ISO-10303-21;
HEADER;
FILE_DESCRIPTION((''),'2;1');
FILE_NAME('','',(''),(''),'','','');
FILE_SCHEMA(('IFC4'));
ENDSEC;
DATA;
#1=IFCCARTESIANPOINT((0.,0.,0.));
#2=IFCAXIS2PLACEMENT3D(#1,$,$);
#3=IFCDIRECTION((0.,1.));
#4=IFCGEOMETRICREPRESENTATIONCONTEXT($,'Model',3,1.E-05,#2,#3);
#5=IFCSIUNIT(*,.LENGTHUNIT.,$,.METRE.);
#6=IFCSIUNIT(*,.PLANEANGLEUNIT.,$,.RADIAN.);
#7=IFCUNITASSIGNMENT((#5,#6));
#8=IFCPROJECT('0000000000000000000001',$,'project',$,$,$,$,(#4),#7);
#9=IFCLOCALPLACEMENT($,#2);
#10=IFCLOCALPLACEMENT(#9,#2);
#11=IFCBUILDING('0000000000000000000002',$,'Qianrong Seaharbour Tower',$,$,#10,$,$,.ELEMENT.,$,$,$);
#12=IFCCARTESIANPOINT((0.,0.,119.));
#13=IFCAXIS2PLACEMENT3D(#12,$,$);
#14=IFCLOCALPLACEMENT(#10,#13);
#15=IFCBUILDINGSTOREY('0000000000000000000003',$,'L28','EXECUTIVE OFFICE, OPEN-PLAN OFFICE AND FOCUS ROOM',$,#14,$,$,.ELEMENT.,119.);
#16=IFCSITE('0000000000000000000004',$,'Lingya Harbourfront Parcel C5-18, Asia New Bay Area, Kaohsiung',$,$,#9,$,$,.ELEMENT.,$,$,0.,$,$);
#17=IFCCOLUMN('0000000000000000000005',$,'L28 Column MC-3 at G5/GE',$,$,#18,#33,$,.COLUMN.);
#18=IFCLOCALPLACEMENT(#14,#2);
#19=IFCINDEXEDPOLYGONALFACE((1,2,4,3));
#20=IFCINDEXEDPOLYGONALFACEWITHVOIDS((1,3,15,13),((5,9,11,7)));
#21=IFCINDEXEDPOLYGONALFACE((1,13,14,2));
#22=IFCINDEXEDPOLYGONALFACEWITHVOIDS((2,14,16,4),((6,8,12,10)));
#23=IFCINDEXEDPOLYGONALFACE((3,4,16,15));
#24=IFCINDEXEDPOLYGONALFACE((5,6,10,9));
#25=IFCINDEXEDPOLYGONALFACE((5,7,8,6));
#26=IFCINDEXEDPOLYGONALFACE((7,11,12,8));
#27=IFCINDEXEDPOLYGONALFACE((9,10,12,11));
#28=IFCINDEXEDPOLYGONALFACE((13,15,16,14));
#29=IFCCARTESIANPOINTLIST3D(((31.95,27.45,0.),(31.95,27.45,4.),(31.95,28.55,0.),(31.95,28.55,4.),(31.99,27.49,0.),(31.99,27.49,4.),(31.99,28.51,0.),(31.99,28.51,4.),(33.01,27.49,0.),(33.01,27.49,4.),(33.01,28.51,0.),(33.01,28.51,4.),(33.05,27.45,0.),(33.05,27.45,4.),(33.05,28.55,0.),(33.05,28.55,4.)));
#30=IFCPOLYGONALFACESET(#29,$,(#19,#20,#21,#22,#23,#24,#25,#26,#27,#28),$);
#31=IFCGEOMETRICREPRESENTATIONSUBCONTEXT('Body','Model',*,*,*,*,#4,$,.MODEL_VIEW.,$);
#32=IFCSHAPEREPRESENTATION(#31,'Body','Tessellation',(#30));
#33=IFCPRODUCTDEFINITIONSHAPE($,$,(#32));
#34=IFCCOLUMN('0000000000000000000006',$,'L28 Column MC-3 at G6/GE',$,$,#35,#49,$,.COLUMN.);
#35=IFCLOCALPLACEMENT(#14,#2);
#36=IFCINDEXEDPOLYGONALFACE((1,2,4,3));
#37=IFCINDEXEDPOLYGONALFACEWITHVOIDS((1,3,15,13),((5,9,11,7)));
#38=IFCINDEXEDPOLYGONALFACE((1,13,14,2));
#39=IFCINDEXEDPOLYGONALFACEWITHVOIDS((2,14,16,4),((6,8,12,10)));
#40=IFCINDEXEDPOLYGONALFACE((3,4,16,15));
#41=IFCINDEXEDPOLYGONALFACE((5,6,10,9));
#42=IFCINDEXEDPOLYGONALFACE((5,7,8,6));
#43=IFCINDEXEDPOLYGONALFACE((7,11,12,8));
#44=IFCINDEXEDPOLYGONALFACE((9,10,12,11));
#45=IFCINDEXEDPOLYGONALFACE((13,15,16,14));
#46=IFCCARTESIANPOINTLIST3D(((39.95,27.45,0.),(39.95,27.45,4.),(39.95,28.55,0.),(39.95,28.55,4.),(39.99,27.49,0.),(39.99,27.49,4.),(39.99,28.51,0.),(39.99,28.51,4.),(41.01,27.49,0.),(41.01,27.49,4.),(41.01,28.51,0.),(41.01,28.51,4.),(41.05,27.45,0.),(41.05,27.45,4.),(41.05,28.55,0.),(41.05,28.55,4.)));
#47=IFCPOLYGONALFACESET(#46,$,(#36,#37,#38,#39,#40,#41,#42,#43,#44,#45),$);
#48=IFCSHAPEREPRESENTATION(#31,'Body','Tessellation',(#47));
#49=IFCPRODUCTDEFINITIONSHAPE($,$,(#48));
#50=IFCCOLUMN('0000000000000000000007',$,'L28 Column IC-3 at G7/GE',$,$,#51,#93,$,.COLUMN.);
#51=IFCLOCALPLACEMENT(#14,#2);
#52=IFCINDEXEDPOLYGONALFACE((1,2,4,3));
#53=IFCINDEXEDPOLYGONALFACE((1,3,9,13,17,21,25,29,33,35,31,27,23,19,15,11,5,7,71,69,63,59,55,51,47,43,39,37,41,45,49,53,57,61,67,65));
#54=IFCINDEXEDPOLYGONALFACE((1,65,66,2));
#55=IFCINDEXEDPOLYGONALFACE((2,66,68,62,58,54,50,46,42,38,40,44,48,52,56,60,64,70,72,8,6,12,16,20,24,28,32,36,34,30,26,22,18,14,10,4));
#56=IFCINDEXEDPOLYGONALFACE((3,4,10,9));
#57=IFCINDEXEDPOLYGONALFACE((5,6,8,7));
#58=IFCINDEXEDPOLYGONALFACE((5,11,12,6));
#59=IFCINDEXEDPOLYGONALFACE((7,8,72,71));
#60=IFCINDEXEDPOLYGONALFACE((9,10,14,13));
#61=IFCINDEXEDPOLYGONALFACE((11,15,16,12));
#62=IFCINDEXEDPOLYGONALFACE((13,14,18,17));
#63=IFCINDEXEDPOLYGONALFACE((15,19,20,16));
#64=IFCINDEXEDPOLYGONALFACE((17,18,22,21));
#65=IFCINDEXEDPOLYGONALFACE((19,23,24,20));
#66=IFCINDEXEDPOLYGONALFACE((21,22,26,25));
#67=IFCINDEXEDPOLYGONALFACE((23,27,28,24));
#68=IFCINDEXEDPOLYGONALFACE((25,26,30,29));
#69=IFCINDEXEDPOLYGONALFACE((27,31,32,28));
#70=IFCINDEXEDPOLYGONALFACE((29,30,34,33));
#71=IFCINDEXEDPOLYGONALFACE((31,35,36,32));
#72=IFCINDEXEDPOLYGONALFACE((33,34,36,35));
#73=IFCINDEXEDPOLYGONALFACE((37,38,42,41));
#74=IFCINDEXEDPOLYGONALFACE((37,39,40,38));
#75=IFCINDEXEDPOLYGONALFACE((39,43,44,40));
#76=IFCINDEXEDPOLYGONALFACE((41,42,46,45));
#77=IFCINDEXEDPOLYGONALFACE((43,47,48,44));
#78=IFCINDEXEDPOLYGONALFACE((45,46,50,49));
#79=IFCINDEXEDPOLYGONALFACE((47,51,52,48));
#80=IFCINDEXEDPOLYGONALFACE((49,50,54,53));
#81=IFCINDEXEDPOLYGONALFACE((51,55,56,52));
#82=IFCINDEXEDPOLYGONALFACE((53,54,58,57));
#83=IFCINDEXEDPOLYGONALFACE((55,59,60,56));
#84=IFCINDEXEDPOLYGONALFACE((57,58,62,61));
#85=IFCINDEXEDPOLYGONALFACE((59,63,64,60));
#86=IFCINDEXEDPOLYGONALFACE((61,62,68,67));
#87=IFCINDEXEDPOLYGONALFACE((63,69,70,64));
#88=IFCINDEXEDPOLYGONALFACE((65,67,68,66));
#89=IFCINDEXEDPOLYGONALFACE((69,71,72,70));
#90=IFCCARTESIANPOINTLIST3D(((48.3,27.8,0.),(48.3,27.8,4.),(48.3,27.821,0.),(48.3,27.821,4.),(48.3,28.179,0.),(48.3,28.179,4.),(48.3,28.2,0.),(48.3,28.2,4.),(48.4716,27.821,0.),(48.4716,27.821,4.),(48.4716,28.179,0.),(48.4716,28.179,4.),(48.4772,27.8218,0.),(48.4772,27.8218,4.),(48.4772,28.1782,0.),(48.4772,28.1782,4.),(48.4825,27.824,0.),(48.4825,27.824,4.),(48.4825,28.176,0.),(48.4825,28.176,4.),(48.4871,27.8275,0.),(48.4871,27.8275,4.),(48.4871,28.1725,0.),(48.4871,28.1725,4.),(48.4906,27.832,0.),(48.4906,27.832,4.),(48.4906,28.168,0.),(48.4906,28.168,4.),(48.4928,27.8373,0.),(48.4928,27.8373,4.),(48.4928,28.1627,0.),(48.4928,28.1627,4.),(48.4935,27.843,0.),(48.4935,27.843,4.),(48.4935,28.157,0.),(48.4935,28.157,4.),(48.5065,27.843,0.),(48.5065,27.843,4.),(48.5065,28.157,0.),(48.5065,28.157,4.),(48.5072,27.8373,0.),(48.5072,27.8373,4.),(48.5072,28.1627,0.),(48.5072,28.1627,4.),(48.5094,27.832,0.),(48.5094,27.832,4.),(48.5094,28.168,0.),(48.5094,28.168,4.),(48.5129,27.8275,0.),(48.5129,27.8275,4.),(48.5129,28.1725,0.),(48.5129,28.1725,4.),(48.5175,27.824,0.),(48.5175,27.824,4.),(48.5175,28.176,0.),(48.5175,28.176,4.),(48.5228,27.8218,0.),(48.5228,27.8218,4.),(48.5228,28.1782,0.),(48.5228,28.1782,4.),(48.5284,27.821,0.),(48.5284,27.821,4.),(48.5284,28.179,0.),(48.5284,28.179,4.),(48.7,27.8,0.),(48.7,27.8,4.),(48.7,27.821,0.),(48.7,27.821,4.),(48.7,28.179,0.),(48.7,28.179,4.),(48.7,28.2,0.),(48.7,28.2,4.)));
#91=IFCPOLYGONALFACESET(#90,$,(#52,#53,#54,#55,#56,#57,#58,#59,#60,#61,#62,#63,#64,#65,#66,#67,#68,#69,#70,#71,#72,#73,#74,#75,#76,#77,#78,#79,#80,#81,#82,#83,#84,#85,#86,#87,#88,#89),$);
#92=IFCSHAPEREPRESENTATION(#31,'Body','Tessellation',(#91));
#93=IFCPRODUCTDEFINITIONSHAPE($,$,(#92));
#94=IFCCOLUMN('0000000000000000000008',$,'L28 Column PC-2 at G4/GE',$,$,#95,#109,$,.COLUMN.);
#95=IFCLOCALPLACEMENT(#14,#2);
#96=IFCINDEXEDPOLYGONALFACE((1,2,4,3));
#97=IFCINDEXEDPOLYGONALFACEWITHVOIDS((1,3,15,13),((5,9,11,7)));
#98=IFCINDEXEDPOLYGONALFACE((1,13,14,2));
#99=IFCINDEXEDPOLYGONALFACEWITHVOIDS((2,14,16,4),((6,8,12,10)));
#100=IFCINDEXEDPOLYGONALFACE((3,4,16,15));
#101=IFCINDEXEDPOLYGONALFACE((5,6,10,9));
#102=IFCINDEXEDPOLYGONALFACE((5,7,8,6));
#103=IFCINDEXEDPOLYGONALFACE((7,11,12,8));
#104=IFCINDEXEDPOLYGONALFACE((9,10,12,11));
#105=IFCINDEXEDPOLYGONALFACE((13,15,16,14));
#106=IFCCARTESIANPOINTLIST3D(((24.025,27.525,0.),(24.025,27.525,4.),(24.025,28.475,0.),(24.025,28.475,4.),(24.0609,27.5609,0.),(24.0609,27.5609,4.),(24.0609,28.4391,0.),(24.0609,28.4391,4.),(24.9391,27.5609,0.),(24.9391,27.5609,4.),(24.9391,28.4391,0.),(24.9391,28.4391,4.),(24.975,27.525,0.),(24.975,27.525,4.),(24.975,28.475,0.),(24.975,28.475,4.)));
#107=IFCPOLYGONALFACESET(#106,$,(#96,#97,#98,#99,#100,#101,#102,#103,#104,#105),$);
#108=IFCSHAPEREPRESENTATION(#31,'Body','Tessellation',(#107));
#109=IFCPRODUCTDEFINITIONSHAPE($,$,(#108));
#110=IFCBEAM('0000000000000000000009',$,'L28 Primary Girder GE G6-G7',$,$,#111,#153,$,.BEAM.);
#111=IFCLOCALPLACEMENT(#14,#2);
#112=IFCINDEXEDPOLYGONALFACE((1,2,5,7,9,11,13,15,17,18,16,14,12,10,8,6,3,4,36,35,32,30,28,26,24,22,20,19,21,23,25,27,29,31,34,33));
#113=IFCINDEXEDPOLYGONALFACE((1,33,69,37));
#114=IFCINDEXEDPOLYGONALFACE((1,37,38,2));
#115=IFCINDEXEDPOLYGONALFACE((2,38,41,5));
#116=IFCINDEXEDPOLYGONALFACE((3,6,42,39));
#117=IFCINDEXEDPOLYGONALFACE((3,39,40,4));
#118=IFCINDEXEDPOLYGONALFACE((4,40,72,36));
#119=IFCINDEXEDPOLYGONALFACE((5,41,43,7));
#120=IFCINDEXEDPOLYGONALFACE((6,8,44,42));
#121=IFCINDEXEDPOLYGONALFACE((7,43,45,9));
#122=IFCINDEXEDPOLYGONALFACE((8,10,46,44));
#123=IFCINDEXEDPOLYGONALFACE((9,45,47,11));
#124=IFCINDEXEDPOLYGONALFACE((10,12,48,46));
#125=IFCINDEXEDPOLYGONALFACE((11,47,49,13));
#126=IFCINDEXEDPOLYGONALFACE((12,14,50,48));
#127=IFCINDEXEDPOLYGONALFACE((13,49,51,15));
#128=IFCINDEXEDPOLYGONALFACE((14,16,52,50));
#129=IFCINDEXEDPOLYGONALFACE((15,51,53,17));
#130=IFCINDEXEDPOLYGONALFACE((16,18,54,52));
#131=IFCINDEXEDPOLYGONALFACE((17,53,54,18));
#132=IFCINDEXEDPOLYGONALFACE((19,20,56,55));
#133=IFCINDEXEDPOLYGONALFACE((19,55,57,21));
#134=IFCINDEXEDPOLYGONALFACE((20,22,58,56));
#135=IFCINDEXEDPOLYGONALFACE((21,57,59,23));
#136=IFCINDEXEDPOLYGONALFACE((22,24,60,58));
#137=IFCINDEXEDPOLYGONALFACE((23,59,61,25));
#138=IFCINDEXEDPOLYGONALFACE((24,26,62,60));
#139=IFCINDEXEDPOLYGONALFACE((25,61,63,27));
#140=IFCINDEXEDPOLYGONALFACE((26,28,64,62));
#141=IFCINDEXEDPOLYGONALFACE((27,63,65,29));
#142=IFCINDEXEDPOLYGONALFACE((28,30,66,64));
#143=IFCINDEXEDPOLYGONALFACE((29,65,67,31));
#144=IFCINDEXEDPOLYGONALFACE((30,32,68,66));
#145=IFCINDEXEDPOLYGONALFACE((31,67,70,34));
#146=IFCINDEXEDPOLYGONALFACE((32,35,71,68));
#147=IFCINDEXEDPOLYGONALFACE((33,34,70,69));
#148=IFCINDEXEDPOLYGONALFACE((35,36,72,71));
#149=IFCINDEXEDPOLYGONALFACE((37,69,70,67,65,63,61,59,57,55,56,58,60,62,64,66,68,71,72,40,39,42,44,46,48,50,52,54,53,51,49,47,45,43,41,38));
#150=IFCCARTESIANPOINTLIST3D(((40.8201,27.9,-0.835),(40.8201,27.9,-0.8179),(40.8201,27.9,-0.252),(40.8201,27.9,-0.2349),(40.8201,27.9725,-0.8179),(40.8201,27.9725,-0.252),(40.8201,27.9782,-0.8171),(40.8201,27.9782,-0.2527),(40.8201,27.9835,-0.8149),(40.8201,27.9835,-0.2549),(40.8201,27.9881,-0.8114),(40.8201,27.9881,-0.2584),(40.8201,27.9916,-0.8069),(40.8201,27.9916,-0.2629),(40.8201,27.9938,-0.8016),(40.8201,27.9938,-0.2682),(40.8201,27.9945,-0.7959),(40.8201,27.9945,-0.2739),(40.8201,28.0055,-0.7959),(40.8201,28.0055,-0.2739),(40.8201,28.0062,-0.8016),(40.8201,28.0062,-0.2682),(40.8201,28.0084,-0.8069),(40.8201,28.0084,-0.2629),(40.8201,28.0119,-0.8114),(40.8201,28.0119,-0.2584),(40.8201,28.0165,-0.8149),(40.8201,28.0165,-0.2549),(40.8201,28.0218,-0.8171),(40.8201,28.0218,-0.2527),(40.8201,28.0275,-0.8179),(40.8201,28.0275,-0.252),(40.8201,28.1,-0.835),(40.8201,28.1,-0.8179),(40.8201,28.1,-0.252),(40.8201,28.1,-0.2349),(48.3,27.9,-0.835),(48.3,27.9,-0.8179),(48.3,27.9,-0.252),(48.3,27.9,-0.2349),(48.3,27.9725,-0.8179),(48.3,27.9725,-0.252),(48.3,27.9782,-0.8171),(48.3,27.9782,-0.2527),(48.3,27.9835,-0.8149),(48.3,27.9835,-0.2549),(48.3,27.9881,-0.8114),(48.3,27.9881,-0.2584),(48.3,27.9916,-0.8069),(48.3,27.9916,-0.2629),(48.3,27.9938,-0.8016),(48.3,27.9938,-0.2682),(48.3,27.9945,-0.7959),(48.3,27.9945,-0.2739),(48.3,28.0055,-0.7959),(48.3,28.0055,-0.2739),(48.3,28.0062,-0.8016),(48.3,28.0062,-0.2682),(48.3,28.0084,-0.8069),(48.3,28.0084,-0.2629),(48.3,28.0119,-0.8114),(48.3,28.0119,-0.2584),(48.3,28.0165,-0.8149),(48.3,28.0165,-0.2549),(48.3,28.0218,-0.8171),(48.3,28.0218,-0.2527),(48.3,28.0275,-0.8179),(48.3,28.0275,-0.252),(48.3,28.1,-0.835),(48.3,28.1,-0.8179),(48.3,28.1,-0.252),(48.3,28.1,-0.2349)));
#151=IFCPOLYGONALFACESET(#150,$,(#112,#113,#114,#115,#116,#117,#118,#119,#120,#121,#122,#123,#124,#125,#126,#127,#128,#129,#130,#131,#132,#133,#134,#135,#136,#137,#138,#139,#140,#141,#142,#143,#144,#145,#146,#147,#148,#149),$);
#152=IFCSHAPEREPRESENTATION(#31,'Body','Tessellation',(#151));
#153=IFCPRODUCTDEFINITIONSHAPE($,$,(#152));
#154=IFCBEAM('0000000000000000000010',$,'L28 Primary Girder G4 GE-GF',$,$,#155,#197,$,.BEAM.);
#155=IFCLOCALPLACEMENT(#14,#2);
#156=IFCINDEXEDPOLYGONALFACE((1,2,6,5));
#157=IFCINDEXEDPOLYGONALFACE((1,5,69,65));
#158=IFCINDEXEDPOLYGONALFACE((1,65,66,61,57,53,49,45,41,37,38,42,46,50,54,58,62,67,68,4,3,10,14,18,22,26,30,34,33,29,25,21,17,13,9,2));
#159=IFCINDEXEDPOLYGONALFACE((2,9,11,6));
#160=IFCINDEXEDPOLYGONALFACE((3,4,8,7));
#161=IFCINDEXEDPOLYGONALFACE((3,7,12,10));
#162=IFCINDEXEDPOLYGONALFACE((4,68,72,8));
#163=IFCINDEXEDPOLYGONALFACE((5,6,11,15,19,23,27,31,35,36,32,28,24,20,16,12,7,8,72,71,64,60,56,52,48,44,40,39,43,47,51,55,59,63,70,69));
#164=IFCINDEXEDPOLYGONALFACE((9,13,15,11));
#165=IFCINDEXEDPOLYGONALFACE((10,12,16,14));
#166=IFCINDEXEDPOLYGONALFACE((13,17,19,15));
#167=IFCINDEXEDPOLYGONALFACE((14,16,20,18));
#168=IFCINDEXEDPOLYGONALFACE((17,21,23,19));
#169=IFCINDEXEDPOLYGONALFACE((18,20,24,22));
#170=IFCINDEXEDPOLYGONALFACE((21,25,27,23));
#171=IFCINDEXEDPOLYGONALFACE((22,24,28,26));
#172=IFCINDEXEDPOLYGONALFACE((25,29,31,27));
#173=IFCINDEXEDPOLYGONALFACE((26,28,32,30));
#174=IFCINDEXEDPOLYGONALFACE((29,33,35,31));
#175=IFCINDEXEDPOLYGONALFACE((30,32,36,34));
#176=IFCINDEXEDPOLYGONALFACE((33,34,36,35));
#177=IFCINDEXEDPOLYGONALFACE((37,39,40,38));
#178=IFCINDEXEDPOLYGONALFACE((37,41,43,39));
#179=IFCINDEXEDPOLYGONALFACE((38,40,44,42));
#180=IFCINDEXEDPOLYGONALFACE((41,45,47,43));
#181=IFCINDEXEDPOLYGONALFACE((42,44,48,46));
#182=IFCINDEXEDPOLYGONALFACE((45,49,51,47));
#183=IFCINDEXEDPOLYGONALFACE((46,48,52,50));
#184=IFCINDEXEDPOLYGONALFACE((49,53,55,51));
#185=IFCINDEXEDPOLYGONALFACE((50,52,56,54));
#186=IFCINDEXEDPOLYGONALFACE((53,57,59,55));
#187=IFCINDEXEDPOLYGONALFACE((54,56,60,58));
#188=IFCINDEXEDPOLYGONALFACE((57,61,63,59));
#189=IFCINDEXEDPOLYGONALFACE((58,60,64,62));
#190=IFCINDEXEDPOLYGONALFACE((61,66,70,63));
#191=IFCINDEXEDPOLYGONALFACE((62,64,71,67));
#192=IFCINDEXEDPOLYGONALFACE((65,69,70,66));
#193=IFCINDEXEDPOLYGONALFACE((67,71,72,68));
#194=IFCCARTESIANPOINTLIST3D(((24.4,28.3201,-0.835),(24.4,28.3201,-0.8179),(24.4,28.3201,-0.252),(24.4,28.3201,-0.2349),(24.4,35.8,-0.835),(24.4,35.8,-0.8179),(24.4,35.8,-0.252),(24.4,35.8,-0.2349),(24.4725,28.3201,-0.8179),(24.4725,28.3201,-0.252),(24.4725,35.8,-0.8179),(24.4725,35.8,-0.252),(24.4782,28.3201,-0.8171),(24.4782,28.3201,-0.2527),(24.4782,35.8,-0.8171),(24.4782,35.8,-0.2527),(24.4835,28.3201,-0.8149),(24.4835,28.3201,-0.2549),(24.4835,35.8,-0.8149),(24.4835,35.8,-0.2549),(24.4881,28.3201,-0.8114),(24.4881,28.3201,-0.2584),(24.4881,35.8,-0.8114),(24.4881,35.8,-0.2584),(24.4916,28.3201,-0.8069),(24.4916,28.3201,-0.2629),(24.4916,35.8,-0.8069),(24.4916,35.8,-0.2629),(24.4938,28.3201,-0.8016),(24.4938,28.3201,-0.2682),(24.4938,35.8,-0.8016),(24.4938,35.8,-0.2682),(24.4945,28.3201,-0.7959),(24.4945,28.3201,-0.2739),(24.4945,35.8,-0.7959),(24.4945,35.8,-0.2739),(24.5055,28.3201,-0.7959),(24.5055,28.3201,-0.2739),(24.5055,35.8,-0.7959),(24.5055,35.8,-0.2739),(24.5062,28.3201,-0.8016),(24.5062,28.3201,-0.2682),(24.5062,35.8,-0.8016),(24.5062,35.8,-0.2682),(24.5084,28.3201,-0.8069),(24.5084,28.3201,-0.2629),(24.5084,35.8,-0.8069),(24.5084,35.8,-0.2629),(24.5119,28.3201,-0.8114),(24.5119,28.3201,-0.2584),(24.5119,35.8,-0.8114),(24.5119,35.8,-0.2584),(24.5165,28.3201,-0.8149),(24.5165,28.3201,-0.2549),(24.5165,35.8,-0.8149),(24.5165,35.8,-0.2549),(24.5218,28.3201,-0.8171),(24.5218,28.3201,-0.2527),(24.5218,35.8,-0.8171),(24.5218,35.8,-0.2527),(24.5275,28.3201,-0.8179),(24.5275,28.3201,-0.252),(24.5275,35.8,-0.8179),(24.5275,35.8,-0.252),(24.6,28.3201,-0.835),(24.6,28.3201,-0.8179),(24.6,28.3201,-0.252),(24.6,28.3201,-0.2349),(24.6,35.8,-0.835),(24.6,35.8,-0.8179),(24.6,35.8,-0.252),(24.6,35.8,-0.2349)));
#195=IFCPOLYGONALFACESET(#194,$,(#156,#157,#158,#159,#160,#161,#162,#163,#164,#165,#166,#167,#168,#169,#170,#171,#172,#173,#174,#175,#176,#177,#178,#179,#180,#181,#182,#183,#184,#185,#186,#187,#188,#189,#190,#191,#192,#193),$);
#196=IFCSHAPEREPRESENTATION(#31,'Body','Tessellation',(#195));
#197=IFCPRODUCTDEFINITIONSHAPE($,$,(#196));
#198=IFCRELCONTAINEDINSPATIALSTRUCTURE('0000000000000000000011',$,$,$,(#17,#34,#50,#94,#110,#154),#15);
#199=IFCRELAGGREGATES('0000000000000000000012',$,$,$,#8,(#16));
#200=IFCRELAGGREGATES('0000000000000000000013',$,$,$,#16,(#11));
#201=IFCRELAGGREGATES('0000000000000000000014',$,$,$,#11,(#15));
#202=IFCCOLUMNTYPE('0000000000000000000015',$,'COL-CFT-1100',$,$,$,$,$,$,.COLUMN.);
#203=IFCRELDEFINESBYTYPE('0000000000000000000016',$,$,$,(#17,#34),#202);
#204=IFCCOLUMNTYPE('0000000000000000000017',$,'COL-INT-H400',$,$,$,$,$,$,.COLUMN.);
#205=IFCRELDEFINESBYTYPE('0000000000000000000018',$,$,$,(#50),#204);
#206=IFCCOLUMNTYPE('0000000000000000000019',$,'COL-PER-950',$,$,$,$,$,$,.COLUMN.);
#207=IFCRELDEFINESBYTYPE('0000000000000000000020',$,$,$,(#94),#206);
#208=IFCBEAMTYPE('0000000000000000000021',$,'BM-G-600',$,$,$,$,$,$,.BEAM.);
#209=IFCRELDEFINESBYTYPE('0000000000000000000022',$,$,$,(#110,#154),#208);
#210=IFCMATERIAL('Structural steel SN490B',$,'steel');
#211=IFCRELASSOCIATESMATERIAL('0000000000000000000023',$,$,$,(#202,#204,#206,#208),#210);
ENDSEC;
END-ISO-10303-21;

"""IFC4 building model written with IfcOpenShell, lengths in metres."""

from ifc_helpers import new_model, si_unit, direction, frame, origin, origin_2d, place, context, subcontext, project, spatial, hollow_rectangle, i_section, extrude, material, material_profile, profile_set, type_object, element, save


model = new_model("IFC4")

# Units and contexts
model_context = context("Model", 3, precision=1e-05, world=origin(), true_north=direction((0.0, 1.0)))
body_context = subcontext(model_context, "Body", "Model", "MODEL_VIEW")
ifc_project = project(units=[si_unit("LENGTHUNIT", "METRE"), si_unit("PLANEANGLEUNIT", "RADIAN")], contexts=[model_context])

# Site, building, storey
site_placement = place(None, origin())
site = spatial("IfcSite", under=ifc_project, at=site_placement, Name="Lingya Harbourfront Parcel C5-18, Asia New Bay Area, Kaohsiung", CompositionType="ELEMENT", RefElevation=0.0)
building_placement = place(site_placement, origin())
building = spatial("IfcBuilding", under=site, at=building_placement, Name="Qianrong Seaharbour Tower", CompositionType="ELEMENT")
storey_placement = place(building_placement, frame((0.0, 0.0, 119.0)))
storey = spatial("IfcBuildingStorey", under=building, at=storey_placement, Name="L28", Description="EXECUTIVE OFFICE, OPEN-PLAN OFFICE AND FOCUS ROOM", CompositionType="ELEMENT", Elevation=119.0)

# Columns
ifc_material_1 = material(Name="Structural steel SN490B", Category="steel")
ifc_material_profile_1 = material_profile(ifc_material_1, hollow_rectangle(XDim=1.1001, YDim=1.1001, WallThickness=0.04, at=origin_2d()), Name="BOX1100x1100x40")
ifc_profile_set_1 = profile_set([ifc_material_profile_1], Name="Structural steel SN490B")
column_type_1 = type_object("IfcColumnType", Name="COL-CFT-1100", PredefinedType="COLUMN", material=ifc_profile_set_1)
for number, where, z_axis, x_axis, name in (
    (1, (32.5, 28.0, 0.0), (0.0, 0.0, 1.0), (1.0, 0.0, 0.0), "L28 Column MC-3 at G5/GE"),
    (2, (40.5, 28.0, 0.0), (0.0, 0.0, 1.0), (1.0, 0.0, 0.0), "L28 Column MC-3 at G6/GE"),
):
    element("IfcColumn", number, at=place(storey_placement, frame(where, z_axis=z_axis, x_axis=x_axis)), inside=storey, type_object=column_type_1, Name=name, PredefinedType="COLUMN", context=body_context, shape_type="SweptSolid", body=[
        extrude(hollow_rectangle(XDim=1.1001, YDim=1.1001, WallThickness=0.04, at=origin_2d()), origin(), (0.0, 0.0, 1.0), 4.0),
    ])
ifc_material_profile_2 = material_profile(ifc_material_1, i_section(OverallWidth=0.3999, OverallDepth=0.3999, WebThickness=0.0129, FlangeThickness=0.021, FilletRadius=0.022, at=origin_2d()), Name="H400x400x13x21")
ifc_profile_set_2 = profile_set([ifc_material_profile_2], Name="Structural steel SN490B")
column_type_2 = type_object("IfcColumnType", Name="COL-INT-H400", PredefinedType="COLUMN", material=ifc_profile_set_2)
column_1_placement = place(storey_placement, frame((48.5, 28.0, 0.0), z_axis=(0.0, 0.0, 1.0), x_axis=(1.0, 0.0, 0.0)))
element("IfcColumn", 3, at=column_1_placement, inside=storey, type_object=column_type_2, Name="L28 Column IC-3 at G7/GE", PredefinedType="COLUMN", context=body_context, shape_type="SweptSolid", body=[
    extrude(i_section(OverallWidth=0.3999, OverallDepth=0.3999, WebThickness=0.0129, FlangeThickness=0.021, FilletRadius=0.022, at=origin_2d()), origin(), (0.0, 0.0, 1.0), 4.0),
])
ifc_material_profile_3 = material_profile(ifc_material_1, hollow_rectangle(XDim=0.95, YDim=0.95, WallThickness=0.0359, at=origin_2d()), Name="BOX950x950x36")
ifc_profile_set_3 = profile_set([ifc_material_profile_3], Name="Structural steel SN490B")
column_type_3 = type_object("IfcColumnType", Name="COL-PER-950", PredefinedType="COLUMN", material=ifc_profile_set_3)
column_2_placement = place(storey_placement, frame((24.5, 28.0, 0.0), z_axis=(0.0, 0.0, 1.0), x_axis=(1.0, 0.0, 0.0)))
element("IfcColumn", 4, at=column_2_placement, inside=storey, type_object=column_type_3, Name="L28 Column PC-2 at G4/GE", PredefinedType="COLUMN", context=body_context, shape_type="SweptSolid", body=[
    extrude(hollow_rectangle(XDim=0.95, YDim=0.95, WallThickness=0.0359, at=origin_2d()), origin(), (0.0, 0.0, 1.0), 4.0),
])

# Beams
ifc_material_profile_4 = material_profile(ifc_material_1, i_section(OverallWidth=0.2, OverallDepth=0.6001, WebThickness=0.011, FlangeThickness=0.0171, FilletRadius=0.022, at=origin_2d()), Name="H600x200x11x17")
ifc_profile_set_4 = profile_set([ifc_material_profile_4], Name="Structural steel SN490B")
beam_type_1 = type_object("IfcBeamType", Name="BM-G-600", PredefinedType="BEAM", material=ifc_profile_set_4)
for number, where, z_axis, x_axis, name in (
    (5, (40.8201, 28.0, -0.5349), (1.0, 0.0, 0.0), (0.0, 1.0, 0.0), "L28 Primary Girder GE G6-G7"),
    (6, (24.5, 28.3201, -0.5349), (0.0, 1.0, 0.0), (-1.0, 0.0, 0.0), "L28 Primary Girder G4 GE-GF"),
):
    element("IfcBeam", number, at=place(storey_placement, frame(where, z_axis=z_axis, x_axis=x_axis)), inside=storey, type_object=beam_type_1, Name=name, PredefinedType="BEAM", context=body_context, shape_type="SweptSolid", body=[
        extrude(i_section(OverallWidth=0.2, OverallDepth=0.6001, WebThickness=0.011, FlangeThickness=0.0171, FilletRadius=0.022, at=origin_2d()), origin(), (0.0, 0.0, 1.0), 7.48),
    ])

save(model, "model.ifc")
